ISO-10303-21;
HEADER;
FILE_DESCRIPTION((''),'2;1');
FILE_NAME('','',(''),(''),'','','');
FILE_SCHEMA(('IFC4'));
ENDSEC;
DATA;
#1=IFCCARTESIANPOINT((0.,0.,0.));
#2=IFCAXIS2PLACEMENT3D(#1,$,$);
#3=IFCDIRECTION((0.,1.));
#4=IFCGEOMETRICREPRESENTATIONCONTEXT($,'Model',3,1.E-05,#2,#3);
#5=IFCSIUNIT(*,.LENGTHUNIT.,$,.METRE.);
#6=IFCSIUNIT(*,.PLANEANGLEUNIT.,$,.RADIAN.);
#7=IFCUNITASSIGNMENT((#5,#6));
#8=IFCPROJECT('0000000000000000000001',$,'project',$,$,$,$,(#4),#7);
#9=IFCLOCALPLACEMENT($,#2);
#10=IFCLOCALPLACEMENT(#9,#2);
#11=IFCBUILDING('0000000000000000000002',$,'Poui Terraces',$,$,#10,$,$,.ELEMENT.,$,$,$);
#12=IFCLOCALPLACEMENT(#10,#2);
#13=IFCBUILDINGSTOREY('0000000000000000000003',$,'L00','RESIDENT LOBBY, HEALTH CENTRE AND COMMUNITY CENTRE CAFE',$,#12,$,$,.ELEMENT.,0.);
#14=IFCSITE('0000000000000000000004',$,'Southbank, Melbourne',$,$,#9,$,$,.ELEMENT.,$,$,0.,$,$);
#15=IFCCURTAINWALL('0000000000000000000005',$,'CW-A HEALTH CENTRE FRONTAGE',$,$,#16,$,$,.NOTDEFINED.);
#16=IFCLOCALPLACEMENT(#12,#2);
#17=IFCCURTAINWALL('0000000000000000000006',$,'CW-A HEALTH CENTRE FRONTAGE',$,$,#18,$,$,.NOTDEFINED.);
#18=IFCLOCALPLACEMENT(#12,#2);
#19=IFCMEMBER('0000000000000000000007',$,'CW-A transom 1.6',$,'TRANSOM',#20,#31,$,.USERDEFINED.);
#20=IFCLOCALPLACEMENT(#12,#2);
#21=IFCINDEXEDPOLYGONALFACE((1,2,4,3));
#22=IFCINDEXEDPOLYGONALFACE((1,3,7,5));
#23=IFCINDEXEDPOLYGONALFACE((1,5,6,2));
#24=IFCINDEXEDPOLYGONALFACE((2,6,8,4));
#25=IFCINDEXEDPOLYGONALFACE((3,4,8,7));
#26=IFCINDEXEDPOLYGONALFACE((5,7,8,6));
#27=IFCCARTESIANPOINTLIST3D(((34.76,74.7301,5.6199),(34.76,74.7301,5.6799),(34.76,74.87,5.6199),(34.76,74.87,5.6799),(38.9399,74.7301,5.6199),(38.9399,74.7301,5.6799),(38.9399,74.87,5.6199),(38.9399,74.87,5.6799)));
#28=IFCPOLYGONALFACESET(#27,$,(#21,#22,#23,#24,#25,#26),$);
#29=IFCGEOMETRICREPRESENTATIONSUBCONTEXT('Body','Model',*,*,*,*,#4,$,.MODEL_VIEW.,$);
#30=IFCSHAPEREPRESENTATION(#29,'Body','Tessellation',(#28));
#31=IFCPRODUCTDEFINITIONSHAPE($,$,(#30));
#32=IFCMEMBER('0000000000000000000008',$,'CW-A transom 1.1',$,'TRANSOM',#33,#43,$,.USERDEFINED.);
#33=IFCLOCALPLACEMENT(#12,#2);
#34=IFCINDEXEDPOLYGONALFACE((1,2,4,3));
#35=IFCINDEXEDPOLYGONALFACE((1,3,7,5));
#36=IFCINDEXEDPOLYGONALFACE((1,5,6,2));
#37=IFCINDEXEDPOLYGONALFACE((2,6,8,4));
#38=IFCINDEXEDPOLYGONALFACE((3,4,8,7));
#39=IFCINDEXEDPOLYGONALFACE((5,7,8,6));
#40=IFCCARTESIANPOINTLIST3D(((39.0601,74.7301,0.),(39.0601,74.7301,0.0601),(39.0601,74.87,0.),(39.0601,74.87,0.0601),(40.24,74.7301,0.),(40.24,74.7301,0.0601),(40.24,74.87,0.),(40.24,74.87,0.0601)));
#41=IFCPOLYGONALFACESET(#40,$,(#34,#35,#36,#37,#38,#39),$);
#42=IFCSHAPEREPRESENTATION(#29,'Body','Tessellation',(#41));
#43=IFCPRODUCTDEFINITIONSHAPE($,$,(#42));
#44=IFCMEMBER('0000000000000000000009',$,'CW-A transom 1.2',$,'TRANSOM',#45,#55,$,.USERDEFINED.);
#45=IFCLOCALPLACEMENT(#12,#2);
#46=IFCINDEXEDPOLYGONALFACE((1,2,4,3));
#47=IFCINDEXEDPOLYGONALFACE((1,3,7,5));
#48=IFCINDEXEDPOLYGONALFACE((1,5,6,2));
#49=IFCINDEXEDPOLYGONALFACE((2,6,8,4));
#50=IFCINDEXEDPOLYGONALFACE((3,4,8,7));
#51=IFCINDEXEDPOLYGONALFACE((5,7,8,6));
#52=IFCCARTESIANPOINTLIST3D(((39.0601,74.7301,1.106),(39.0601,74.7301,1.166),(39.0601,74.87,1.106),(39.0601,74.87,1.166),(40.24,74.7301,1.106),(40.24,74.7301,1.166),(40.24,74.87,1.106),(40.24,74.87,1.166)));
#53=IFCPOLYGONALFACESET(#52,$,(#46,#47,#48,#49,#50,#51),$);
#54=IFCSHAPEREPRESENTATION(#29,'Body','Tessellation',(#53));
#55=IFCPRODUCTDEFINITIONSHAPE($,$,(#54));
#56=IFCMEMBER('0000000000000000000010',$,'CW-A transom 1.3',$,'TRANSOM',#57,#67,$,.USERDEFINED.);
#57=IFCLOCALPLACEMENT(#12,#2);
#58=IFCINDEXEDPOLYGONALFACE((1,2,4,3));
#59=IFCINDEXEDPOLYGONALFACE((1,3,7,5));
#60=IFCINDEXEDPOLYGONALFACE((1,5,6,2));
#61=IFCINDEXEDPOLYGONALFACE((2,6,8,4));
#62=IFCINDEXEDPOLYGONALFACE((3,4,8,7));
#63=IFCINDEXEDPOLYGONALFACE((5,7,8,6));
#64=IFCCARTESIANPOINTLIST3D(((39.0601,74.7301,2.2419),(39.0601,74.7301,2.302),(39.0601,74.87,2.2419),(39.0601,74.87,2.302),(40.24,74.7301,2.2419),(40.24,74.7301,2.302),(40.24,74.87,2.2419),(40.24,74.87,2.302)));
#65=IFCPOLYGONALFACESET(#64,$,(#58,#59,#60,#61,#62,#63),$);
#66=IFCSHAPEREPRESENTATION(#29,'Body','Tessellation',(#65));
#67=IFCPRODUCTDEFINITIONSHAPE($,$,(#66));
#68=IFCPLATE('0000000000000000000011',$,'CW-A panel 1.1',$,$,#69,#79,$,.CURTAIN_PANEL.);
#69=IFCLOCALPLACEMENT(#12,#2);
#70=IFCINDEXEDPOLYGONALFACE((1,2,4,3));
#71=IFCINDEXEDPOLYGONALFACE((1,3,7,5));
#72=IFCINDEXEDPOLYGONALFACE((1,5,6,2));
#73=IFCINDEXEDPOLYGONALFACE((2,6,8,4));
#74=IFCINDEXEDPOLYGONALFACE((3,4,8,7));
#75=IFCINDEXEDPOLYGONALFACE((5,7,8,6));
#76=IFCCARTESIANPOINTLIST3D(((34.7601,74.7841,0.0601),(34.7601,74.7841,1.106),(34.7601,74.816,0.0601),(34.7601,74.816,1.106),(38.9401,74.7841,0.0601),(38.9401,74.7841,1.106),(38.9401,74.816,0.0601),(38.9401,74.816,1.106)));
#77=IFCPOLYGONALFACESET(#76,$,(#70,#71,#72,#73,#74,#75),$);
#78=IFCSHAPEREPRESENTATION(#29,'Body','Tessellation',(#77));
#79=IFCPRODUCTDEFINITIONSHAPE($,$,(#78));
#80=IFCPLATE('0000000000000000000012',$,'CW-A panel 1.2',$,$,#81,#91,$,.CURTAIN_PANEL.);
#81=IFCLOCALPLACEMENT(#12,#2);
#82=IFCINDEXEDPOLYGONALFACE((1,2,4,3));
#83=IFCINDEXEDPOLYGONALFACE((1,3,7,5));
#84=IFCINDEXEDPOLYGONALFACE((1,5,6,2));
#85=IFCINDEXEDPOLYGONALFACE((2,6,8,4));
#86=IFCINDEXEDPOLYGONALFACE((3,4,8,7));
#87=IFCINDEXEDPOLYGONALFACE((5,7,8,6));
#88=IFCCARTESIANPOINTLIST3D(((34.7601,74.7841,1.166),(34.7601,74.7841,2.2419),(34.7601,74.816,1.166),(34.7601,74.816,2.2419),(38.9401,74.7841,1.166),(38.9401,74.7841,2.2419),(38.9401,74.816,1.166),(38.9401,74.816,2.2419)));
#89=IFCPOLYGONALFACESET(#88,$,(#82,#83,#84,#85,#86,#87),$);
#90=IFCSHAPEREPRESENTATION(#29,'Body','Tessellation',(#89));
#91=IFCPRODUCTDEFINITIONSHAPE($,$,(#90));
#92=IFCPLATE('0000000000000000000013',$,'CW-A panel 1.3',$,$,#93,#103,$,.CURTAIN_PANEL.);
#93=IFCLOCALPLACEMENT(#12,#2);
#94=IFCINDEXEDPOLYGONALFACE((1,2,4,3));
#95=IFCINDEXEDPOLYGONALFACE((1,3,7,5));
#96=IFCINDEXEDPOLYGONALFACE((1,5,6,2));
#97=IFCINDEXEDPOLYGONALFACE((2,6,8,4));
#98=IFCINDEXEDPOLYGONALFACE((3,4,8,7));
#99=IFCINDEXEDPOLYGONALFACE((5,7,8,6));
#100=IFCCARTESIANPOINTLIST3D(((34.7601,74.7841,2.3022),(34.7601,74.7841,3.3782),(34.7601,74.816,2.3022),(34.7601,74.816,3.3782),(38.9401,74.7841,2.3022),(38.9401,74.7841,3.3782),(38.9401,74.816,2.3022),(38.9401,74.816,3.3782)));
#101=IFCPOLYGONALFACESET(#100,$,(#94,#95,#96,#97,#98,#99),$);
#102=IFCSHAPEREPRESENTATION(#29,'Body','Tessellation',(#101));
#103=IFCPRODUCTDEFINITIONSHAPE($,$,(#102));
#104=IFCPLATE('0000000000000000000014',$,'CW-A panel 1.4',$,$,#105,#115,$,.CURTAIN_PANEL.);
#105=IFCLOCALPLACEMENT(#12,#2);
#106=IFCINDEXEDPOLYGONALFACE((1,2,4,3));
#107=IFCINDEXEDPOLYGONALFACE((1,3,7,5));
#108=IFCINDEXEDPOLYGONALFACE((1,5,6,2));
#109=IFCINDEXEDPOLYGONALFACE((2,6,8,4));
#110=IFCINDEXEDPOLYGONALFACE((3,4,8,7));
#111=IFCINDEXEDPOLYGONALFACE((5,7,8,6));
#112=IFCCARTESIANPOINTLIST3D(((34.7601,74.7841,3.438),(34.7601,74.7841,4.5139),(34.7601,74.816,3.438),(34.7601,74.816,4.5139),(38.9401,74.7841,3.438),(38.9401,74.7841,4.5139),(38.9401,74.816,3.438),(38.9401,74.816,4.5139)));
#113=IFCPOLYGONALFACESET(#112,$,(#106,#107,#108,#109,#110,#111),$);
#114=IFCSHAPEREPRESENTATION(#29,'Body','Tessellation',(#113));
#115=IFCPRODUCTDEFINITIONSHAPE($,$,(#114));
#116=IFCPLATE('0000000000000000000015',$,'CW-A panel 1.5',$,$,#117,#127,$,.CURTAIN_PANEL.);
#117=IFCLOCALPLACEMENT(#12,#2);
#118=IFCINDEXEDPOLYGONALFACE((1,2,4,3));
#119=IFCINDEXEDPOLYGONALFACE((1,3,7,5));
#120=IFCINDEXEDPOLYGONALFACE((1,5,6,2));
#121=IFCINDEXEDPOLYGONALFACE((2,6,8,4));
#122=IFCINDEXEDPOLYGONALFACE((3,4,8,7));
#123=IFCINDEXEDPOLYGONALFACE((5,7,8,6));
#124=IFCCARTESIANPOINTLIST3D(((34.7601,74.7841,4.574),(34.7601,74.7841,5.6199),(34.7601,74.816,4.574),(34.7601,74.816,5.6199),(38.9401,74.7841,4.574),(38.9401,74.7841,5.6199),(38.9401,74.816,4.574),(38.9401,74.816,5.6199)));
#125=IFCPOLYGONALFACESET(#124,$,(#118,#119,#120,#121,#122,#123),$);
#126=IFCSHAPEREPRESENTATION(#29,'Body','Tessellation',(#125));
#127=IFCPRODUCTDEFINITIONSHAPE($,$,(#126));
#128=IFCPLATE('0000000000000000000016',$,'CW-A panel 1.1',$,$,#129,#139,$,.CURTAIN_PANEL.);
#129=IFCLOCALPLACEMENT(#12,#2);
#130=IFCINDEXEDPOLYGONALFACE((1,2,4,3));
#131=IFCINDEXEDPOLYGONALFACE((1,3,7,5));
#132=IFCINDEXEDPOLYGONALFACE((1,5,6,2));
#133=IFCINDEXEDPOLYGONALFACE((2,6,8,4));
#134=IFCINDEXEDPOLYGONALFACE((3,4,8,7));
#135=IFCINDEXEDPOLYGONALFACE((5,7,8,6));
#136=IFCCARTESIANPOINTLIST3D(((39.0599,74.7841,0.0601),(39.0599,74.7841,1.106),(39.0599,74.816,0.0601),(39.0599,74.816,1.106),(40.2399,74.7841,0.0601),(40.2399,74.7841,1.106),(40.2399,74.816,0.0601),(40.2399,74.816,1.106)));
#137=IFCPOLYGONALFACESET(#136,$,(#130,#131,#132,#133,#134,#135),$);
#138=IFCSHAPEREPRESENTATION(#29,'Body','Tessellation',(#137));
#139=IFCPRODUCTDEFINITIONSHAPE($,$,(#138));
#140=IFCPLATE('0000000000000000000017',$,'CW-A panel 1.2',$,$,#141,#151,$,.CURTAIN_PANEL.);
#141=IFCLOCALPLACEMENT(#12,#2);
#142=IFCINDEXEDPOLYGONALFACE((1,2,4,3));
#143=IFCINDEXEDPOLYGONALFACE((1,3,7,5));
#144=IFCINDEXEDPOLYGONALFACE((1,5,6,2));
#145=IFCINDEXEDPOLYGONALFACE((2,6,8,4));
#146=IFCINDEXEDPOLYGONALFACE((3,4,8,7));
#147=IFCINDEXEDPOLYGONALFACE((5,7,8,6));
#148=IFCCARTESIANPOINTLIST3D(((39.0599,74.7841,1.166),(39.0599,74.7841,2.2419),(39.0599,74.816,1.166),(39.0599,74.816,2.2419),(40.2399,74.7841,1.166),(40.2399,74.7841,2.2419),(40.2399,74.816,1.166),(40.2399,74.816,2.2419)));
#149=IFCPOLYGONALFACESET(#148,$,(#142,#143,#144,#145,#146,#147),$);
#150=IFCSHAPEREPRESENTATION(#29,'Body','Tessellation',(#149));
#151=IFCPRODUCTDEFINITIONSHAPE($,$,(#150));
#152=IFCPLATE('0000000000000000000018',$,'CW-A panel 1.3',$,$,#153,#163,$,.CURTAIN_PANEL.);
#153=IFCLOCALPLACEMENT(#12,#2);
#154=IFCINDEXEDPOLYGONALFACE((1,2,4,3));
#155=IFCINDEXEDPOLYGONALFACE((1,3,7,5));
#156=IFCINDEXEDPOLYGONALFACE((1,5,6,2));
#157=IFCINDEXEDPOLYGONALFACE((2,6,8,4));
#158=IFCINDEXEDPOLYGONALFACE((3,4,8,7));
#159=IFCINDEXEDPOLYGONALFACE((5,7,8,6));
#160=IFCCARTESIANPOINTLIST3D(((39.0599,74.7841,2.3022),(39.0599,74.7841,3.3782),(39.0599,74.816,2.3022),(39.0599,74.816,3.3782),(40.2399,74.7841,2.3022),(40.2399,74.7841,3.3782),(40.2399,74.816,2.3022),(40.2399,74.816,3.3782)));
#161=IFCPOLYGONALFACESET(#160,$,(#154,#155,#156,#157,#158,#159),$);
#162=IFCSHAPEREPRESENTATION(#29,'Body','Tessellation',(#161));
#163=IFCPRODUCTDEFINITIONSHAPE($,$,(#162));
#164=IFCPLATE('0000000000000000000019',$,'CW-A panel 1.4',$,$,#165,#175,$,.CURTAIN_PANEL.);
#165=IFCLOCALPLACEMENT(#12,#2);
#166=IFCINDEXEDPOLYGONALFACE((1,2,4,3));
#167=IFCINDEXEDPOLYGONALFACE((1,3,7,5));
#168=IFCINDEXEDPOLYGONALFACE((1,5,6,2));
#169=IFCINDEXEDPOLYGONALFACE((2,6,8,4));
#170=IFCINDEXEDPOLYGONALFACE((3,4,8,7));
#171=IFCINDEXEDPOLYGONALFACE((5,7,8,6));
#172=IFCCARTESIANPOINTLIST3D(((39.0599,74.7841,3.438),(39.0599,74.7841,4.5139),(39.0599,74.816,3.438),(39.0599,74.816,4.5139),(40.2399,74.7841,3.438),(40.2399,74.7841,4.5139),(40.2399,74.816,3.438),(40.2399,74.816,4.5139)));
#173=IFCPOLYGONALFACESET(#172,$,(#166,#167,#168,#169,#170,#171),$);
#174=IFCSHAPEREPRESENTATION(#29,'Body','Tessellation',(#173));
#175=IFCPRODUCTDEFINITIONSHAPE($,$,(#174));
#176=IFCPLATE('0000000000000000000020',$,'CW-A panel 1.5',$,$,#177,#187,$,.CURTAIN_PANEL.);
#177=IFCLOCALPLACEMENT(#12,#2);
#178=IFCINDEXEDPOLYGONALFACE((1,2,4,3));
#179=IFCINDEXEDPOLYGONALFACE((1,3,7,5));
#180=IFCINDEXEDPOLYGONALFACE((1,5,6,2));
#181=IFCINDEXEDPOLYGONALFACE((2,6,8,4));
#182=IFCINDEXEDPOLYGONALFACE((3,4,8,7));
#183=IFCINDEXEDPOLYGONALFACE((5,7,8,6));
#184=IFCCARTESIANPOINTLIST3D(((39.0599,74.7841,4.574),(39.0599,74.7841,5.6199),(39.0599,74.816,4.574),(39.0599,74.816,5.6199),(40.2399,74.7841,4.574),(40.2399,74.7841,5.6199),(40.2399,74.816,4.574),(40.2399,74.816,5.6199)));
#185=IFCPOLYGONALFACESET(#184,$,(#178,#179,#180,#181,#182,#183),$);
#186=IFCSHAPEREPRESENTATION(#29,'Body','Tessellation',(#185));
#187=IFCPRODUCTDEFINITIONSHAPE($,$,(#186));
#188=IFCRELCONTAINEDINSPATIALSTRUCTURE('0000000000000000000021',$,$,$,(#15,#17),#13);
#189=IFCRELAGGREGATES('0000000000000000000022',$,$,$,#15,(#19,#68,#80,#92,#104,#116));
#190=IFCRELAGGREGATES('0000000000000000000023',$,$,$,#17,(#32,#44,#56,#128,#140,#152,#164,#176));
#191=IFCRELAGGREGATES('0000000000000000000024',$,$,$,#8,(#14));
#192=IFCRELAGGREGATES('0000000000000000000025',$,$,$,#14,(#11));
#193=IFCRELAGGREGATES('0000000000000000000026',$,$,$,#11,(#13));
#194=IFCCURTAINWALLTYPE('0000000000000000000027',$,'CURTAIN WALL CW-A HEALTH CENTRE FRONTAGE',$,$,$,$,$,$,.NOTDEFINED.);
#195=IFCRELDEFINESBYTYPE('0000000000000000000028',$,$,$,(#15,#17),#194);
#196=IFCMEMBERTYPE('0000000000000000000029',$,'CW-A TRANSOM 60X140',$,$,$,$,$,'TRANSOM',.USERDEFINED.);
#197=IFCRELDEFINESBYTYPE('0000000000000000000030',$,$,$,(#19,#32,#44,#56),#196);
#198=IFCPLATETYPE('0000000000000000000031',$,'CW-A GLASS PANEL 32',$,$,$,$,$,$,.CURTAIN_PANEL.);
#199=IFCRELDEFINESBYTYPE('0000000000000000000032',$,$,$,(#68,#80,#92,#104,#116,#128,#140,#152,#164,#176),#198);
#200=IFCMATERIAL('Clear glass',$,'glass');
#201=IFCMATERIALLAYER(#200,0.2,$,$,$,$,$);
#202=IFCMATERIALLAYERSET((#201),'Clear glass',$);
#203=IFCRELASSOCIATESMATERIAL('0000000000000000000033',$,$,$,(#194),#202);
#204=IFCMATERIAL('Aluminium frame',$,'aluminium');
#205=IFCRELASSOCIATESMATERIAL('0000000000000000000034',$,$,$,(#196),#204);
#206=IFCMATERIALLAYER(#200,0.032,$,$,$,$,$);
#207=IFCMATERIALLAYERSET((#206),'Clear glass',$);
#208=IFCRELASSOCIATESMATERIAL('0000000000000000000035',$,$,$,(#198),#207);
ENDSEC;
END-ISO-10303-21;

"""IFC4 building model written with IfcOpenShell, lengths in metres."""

from ifc_helpers import new_model, si_unit, direction, frame, origin, origin_2d, place, context, subcontext, project, spatial, rectangle, extrude, material, layer, layer_set, material_profile, profile_set, type_object, element, aggregate, save


model = new_model("IFC4")

# Units and contexts
model_context = context("Model", 3, precision=1e-05, world=origin(), true_north=direction((0.0, 1.0)))
body_context = subcontext(model_context, "Body", "Model", "MODEL_VIEW")
ifc_project = project(units=[si_unit("LENGTHUNIT", "METRE"), si_unit("PLANEANGLEUNIT", "RADIAN")], contexts=[model_context])

# Site, building, storey
site_placement = place(None, origin())
site = spatial("IfcSite", under=ifc_project, at=site_placement, Name="Southbank, Melbourne", CompositionType="ELEMENT", RefElevation=0.0)
building_placement = place(site_placement, origin())
building = spatial("IfcBuilding", under=site, at=building_placement, Name="Poui Terraces", CompositionType="ELEMENT")
storey_placement = place(building_placement, origin())
storey = spatial("IfcBuildingStorey", under=building, at=storey_placement, Name="L00", Description="RESIDENT LOBBY, HEALTH CENTRE AND COMMUNITY CENTRE CAFE", CompositionType="ELEMENT", Elevation=0.0)

# Shared definitions
ifc_material_1 = material(Name="Clear glass", Category="glass")
ifc_layer_1 = layer(ifc_material_1, 0.2)
ifc_layer_set_1 = layer_set([ifc_layer_1], Name="Clear glass")
curtain_wall_type = type_object("IfcCurtainWallType", Name="CURTAIN WALL CW-A HEALTH CENTRE FRONTAGE", PredefinedType="NOTDEFINED", material=ifc_layer_set_1)
ifc_material_2 = material(Name="Aluminium frame", Category="aluminium")

# Curtain wall
curtain_wall_1_placement = place(storey_placement, origin())
curtain_wall_1 = element("IfcCurtainWall", 1, at=curtain_wall_1_placement, inside=storey, type_object=curtain_wall_type, Name="CW-A HEALTH CENTRE FRONTAGE", PredefinedType="NOTDEFINED")

# Curtain wall
curtain_wall_2_placement = place(storey_placement, origin())
curtain_wall_2 = element("IfcCurtainWall", 2, at=curtain_wall_2_placement, inside=storey, type_object=curtain_wall_type, Name="CW-A HEALTH CENTRE FRONTAGE", PredefinedType="NOTDEFINED")

# Members
ifc_material_profile_1 = material_profile(ifc_material_2, rectangle(XDim=0.1399, YDim=0.0601, at=origin_2d()), Name="CW-A TRANSOM 60X140")
ifc_profile_set_1 = profile_set([ifc_material_profile_1], Name="Aluminium frame")
member_type_1 = type_object("IfcMemberType", Name="CW-A TRANSOM 60X140", ElementType="TRANSOM", PredefinedType="USERDEFINED", material=ifc_profile_set_1)
member_1_placement = place(storey_placement, frame((38.9399, 74.8, 5.6499), z_axis=(-1.0, 0.0, 0.0), x_axis=(0.0, -1.0, 0.0)))
member_1 = element("IfcMember", 3, at=member_1_placement, type_object=member_type_1, Name="CW-A transom 1.6", ObjectType="TRANSOM", PredefinedType="USERDEFINED", context=body_context, shape_type="SweptSolid", body=[
    extrude(rectangle(XDim=0.1399, YDim=0.0601, at=origin_2d()), origin(), (0.0, 0.0, 1.0), 4.1799),
])
member_2_placement = place(storey_placement, frame((40.24, 74.8, 0.03), z_axis=(-1.0, 0.0, 0.0), x_axis=(0.0, -1.0, 0.0)))
member_2 = element("IfcMember", 4, at=member_2_placement, type_object=member_type_1, Name="CW-A transom 1.1", ObjectType="TRANSOM", PredefinedType="USERDEFINED", context=body_context, shape_type="SweptSolid", body=[
    extrude(rectangle(XDim=0.1399, YDim=0.0601, at=origin_2d()), origin(), (0.0, 0.0, 1.0), 1.1799),
])
member_3_placement = place(storey_placement, frame((40.24, 74.8, 1.136), z_axis=(-1.0, 0.0, 0.0), x_axis=(0.0, -1.0, 0.0)))
member_3 = element("IfcMember", 5, at=member_3_placement, type_object=member_type_1, Name="CW-A transom 1.2", ObjectType="TRANSOM", PredefinedType="USERDEFINED", context=body_context, shape_type="SweptSolid", body=[
    extrude(rectangle(XDim=0.1399, YDim=0.0601, at=origin_2d()), origin(), (0.0, 0.0, 1.0), 1.1799),
])
member_4_placement = place(storey_placement, frame((40.24, 74.8, 2.272), z_axis=(-1.0, 0.0, 0.0), x_axis=(0.0, -1.0, 0.0)))
member_4 = element("IfcMember", 6, at=member_4_placement, type_object=member_type_1, Name="CW-A transom 1.3", ObjectType="TRANSOM", PredefinedType="USERDEFINED", context=body_context, shape_type="SweptSolid", body=[
    extrude(rectangle(XDim=0.1399, YDim=0.0601, at=origin_2d()), origin(), (0.0, 0.0, 1.0), 1.1799),
])

# Plates
ifc_layer_2 = layer(ifc_material_1, 0.032)
ifc_layer_set_2 = layer_set([ifc_layer_2], Name="Clear glass")
plate_type = type_object("IfcPlateType", Name="CW-A GLASS PANEL 32", PredefinedType="CURTAIN_PANEL", material=ifc_layer_set_2)
plate_1_placement = place(storey_placement, frame((36.8501, 74.8, 0.0601), z_axis=(0.0, 0.0, 1.0), x_axis=(-1.0, 0.0, 0.0)))
plate_1 = element("IfcPlate", 7, at=plate_1_placement, type_object=plate_type, Name="CW-A panel 1.1", PredefinedType="CURTAIN_PANEL", context=body_context, shape_type="SweptSolid", body=[
    extrude(rectangle(XDim=4.1799, YDim=0.032, at=origin_2d()), origin(), (0.0, 0.0, 1.0), 1.0459),
])
plate_2_placement = place(storey_placement, frame((36.8501, 74.8, 1.166), z_axis=(0.0, 0.0, 1.0), x_axis=(-1.0, 0.0, 0.0)))
plate_2 = element("IfcPlate", 8, at=plate_2_placement, type_object=plate_type, Name="CW-A panel 1.2", PredefinedType="CURTAIN_PANEL", context=body_context, shape_type="SweptSolid", body=[
    extrude(rectangle(XDim=4.1799, YDim=0.032, at=origin_2d()), origin(), (0.0, 0.0, 1.0), 1.0759),
])
plate_3_placement = place(storey_placement, frame((36.8501, 74.8, 2.3022), z_axis=(0.0, 0.0, 1.0), x_axis=(-1.0, 0.0, 0.0)))
plate_3 = element("IfcPlate", 9, at=plate_3_placement, type_object=plate_type, Name="CW-A panel 1.3", PredefinedType="CURTAIN_PANEL", context=body_context, shape_type="SweptSolid", body=[
    extrude(rectangle(XDim=4.1799, YDim=0.032, at=origin_2d()), origin(), (0.0, 0.0, 1.0), 1.0759),
])
plate_4_placement = place(storey_placement, frame((36.8501, 74.8, 3.438), z_axis=(0.0, 0.0, 1.0), x_axis=(-1.0, 0.0, 0.0)))
plate_4 = element("IfcPlate", 10, at=plate_4_placement, type_object=plate_type, Name="CW-A panel 1.4", PredefinedType="CURTAIN_PANEL", context=body_context, shape_type="SweptSolid", body=[
    extrude(rectangle(XDim=4.1799, YDim=0.032, at=origin_2d()), origin(), (0.0, 0.0, 1.0), 1.0759),
])
plate_5_placement = place(storey_placement, frame((36.8501, 74.8, 4.574), z_axis=(0.0, 0.0, 1.0), x_axis=(-1.0, 0.0, 0.0)))
plate_5 = element("IfcPlate", 11, at=plate_5_placement, type_object=plate_type, Name="CW-A panel 1.5", PredefinedType="CURTAIN_PANEL", context=body_context, shape_type="SweptSolid", body=[
    extrude(rectangle(XDim=4.1799, YDim=0.032, at=origin_2d()), origin(), (0.0, 0.0, 1.0), 1.0459),
])
aggregate(curtain_wall_1, [member_1, plate_1, plate_2, plate_3, plate_4, plate_5])
plate_6_placement = place(storey_placement, frame((39.6499, 74.8, 0.0601), z_axis=(0.0, 0.0, 1.0), x_axis=(-1.0, 0.0, 0.0)))
plate_6 = element("IfcPlate", 12, at=plate_6_placement, type_object=plate_type, Name="CW-A panel 1.1", PredefinedType="CURTAIN_PANEL", context=body_context, shape_type="SweptSolid", body=[
    extrude(rectangle(XDim=1.1799, YDim=0.032, at=origin_2d()), origin(), (0.0, 0.0, 1.0), 1.0459),
])
plate_7_placement = place(storey_placement, frame((39.6499, 74.8, 1.166), z_axis=(0.0, 0.0, 1.0), x_axis=(-1.0, 0.0, 0.0)))
plate_7 = element("IfcPlate", 13, at=plate_7_placement, type_object=plate_type, Name="CW-A panel 1.2", PredefinedType="CURTAIN_PANEL", context=body_context, shape_type="SweptSolid", body=[
    extrude(rectangle(XDim=1.1799, YDim=0.032, at=origin_2d()), origin(), (0.0, 0.0, 1.0), 1.0759),
])
plate_8_placement = place(storey_placement, frame((39.6499, 74.8, 2.3022), z_axis=(0.0, 0.0, 1.0), x_axis=(-1.0, 0.0, 0.0)))
plate_8 = element("IfcPlate", 14, at=plate_8_placement, type_object=plate_type, Name="CW-A panel 1.3", PredefinedType="CURTAIN_PANEL", context=body_context, shape_type="SweptSolid", body=[
    extrude(rectangle(XDim=1.1799, YDim=0.032, at=origin_2d()), origin(), (0.0, 0.0, 1.0), 1.0759),
])
plate_9_placement = place(storey_placement, frame((39.6499, 74.8, 3.438), z_axis=(0.0, 0.0, 1.0), x_axis=(-1.0, 0.0, 0.0)))
plate_9 = element("IfcPlate", 15, at=plate_9_placement, type_object=plate_type, Name="CW-A panel 1.4", PredefinedType="CURTAIN_PANEL", context=body_context, shape_type="SweptSolid", body=[
    extrude(rectangle(XDim=1.1799, YDim=0.032, at=origin_2d()), origin(), (0.0, 0.0, 1.0), 1.0759),
])
plate_10_placement = place(storey_placement, frame((39.6499, 74.8, 4.574), z_axis=(0.0, 0.0, 1.0), x_axis=(-1.0, 0.0, 0.0)))
plate_10 = element("IfcPlate", 16, at=plate_10_placement, type_object=plate_type, Name="CW-A panel 1.5", PredefinedType="CURTAIN_PANEL", context=body_context, shape_type="SweptSolid", body=[
    extrude(rectangle(XDim=1.1799, YDim=0.032, at=origin_2d()), origin(), (0.0, 0.0, 1.0), 1.0459),
])
aggregate(curtain_wall_2, [member_2, member_3, member_4, plate_6, plate_7, plate_8, plate_9, plate_10])

save(model, "model.ifc")
